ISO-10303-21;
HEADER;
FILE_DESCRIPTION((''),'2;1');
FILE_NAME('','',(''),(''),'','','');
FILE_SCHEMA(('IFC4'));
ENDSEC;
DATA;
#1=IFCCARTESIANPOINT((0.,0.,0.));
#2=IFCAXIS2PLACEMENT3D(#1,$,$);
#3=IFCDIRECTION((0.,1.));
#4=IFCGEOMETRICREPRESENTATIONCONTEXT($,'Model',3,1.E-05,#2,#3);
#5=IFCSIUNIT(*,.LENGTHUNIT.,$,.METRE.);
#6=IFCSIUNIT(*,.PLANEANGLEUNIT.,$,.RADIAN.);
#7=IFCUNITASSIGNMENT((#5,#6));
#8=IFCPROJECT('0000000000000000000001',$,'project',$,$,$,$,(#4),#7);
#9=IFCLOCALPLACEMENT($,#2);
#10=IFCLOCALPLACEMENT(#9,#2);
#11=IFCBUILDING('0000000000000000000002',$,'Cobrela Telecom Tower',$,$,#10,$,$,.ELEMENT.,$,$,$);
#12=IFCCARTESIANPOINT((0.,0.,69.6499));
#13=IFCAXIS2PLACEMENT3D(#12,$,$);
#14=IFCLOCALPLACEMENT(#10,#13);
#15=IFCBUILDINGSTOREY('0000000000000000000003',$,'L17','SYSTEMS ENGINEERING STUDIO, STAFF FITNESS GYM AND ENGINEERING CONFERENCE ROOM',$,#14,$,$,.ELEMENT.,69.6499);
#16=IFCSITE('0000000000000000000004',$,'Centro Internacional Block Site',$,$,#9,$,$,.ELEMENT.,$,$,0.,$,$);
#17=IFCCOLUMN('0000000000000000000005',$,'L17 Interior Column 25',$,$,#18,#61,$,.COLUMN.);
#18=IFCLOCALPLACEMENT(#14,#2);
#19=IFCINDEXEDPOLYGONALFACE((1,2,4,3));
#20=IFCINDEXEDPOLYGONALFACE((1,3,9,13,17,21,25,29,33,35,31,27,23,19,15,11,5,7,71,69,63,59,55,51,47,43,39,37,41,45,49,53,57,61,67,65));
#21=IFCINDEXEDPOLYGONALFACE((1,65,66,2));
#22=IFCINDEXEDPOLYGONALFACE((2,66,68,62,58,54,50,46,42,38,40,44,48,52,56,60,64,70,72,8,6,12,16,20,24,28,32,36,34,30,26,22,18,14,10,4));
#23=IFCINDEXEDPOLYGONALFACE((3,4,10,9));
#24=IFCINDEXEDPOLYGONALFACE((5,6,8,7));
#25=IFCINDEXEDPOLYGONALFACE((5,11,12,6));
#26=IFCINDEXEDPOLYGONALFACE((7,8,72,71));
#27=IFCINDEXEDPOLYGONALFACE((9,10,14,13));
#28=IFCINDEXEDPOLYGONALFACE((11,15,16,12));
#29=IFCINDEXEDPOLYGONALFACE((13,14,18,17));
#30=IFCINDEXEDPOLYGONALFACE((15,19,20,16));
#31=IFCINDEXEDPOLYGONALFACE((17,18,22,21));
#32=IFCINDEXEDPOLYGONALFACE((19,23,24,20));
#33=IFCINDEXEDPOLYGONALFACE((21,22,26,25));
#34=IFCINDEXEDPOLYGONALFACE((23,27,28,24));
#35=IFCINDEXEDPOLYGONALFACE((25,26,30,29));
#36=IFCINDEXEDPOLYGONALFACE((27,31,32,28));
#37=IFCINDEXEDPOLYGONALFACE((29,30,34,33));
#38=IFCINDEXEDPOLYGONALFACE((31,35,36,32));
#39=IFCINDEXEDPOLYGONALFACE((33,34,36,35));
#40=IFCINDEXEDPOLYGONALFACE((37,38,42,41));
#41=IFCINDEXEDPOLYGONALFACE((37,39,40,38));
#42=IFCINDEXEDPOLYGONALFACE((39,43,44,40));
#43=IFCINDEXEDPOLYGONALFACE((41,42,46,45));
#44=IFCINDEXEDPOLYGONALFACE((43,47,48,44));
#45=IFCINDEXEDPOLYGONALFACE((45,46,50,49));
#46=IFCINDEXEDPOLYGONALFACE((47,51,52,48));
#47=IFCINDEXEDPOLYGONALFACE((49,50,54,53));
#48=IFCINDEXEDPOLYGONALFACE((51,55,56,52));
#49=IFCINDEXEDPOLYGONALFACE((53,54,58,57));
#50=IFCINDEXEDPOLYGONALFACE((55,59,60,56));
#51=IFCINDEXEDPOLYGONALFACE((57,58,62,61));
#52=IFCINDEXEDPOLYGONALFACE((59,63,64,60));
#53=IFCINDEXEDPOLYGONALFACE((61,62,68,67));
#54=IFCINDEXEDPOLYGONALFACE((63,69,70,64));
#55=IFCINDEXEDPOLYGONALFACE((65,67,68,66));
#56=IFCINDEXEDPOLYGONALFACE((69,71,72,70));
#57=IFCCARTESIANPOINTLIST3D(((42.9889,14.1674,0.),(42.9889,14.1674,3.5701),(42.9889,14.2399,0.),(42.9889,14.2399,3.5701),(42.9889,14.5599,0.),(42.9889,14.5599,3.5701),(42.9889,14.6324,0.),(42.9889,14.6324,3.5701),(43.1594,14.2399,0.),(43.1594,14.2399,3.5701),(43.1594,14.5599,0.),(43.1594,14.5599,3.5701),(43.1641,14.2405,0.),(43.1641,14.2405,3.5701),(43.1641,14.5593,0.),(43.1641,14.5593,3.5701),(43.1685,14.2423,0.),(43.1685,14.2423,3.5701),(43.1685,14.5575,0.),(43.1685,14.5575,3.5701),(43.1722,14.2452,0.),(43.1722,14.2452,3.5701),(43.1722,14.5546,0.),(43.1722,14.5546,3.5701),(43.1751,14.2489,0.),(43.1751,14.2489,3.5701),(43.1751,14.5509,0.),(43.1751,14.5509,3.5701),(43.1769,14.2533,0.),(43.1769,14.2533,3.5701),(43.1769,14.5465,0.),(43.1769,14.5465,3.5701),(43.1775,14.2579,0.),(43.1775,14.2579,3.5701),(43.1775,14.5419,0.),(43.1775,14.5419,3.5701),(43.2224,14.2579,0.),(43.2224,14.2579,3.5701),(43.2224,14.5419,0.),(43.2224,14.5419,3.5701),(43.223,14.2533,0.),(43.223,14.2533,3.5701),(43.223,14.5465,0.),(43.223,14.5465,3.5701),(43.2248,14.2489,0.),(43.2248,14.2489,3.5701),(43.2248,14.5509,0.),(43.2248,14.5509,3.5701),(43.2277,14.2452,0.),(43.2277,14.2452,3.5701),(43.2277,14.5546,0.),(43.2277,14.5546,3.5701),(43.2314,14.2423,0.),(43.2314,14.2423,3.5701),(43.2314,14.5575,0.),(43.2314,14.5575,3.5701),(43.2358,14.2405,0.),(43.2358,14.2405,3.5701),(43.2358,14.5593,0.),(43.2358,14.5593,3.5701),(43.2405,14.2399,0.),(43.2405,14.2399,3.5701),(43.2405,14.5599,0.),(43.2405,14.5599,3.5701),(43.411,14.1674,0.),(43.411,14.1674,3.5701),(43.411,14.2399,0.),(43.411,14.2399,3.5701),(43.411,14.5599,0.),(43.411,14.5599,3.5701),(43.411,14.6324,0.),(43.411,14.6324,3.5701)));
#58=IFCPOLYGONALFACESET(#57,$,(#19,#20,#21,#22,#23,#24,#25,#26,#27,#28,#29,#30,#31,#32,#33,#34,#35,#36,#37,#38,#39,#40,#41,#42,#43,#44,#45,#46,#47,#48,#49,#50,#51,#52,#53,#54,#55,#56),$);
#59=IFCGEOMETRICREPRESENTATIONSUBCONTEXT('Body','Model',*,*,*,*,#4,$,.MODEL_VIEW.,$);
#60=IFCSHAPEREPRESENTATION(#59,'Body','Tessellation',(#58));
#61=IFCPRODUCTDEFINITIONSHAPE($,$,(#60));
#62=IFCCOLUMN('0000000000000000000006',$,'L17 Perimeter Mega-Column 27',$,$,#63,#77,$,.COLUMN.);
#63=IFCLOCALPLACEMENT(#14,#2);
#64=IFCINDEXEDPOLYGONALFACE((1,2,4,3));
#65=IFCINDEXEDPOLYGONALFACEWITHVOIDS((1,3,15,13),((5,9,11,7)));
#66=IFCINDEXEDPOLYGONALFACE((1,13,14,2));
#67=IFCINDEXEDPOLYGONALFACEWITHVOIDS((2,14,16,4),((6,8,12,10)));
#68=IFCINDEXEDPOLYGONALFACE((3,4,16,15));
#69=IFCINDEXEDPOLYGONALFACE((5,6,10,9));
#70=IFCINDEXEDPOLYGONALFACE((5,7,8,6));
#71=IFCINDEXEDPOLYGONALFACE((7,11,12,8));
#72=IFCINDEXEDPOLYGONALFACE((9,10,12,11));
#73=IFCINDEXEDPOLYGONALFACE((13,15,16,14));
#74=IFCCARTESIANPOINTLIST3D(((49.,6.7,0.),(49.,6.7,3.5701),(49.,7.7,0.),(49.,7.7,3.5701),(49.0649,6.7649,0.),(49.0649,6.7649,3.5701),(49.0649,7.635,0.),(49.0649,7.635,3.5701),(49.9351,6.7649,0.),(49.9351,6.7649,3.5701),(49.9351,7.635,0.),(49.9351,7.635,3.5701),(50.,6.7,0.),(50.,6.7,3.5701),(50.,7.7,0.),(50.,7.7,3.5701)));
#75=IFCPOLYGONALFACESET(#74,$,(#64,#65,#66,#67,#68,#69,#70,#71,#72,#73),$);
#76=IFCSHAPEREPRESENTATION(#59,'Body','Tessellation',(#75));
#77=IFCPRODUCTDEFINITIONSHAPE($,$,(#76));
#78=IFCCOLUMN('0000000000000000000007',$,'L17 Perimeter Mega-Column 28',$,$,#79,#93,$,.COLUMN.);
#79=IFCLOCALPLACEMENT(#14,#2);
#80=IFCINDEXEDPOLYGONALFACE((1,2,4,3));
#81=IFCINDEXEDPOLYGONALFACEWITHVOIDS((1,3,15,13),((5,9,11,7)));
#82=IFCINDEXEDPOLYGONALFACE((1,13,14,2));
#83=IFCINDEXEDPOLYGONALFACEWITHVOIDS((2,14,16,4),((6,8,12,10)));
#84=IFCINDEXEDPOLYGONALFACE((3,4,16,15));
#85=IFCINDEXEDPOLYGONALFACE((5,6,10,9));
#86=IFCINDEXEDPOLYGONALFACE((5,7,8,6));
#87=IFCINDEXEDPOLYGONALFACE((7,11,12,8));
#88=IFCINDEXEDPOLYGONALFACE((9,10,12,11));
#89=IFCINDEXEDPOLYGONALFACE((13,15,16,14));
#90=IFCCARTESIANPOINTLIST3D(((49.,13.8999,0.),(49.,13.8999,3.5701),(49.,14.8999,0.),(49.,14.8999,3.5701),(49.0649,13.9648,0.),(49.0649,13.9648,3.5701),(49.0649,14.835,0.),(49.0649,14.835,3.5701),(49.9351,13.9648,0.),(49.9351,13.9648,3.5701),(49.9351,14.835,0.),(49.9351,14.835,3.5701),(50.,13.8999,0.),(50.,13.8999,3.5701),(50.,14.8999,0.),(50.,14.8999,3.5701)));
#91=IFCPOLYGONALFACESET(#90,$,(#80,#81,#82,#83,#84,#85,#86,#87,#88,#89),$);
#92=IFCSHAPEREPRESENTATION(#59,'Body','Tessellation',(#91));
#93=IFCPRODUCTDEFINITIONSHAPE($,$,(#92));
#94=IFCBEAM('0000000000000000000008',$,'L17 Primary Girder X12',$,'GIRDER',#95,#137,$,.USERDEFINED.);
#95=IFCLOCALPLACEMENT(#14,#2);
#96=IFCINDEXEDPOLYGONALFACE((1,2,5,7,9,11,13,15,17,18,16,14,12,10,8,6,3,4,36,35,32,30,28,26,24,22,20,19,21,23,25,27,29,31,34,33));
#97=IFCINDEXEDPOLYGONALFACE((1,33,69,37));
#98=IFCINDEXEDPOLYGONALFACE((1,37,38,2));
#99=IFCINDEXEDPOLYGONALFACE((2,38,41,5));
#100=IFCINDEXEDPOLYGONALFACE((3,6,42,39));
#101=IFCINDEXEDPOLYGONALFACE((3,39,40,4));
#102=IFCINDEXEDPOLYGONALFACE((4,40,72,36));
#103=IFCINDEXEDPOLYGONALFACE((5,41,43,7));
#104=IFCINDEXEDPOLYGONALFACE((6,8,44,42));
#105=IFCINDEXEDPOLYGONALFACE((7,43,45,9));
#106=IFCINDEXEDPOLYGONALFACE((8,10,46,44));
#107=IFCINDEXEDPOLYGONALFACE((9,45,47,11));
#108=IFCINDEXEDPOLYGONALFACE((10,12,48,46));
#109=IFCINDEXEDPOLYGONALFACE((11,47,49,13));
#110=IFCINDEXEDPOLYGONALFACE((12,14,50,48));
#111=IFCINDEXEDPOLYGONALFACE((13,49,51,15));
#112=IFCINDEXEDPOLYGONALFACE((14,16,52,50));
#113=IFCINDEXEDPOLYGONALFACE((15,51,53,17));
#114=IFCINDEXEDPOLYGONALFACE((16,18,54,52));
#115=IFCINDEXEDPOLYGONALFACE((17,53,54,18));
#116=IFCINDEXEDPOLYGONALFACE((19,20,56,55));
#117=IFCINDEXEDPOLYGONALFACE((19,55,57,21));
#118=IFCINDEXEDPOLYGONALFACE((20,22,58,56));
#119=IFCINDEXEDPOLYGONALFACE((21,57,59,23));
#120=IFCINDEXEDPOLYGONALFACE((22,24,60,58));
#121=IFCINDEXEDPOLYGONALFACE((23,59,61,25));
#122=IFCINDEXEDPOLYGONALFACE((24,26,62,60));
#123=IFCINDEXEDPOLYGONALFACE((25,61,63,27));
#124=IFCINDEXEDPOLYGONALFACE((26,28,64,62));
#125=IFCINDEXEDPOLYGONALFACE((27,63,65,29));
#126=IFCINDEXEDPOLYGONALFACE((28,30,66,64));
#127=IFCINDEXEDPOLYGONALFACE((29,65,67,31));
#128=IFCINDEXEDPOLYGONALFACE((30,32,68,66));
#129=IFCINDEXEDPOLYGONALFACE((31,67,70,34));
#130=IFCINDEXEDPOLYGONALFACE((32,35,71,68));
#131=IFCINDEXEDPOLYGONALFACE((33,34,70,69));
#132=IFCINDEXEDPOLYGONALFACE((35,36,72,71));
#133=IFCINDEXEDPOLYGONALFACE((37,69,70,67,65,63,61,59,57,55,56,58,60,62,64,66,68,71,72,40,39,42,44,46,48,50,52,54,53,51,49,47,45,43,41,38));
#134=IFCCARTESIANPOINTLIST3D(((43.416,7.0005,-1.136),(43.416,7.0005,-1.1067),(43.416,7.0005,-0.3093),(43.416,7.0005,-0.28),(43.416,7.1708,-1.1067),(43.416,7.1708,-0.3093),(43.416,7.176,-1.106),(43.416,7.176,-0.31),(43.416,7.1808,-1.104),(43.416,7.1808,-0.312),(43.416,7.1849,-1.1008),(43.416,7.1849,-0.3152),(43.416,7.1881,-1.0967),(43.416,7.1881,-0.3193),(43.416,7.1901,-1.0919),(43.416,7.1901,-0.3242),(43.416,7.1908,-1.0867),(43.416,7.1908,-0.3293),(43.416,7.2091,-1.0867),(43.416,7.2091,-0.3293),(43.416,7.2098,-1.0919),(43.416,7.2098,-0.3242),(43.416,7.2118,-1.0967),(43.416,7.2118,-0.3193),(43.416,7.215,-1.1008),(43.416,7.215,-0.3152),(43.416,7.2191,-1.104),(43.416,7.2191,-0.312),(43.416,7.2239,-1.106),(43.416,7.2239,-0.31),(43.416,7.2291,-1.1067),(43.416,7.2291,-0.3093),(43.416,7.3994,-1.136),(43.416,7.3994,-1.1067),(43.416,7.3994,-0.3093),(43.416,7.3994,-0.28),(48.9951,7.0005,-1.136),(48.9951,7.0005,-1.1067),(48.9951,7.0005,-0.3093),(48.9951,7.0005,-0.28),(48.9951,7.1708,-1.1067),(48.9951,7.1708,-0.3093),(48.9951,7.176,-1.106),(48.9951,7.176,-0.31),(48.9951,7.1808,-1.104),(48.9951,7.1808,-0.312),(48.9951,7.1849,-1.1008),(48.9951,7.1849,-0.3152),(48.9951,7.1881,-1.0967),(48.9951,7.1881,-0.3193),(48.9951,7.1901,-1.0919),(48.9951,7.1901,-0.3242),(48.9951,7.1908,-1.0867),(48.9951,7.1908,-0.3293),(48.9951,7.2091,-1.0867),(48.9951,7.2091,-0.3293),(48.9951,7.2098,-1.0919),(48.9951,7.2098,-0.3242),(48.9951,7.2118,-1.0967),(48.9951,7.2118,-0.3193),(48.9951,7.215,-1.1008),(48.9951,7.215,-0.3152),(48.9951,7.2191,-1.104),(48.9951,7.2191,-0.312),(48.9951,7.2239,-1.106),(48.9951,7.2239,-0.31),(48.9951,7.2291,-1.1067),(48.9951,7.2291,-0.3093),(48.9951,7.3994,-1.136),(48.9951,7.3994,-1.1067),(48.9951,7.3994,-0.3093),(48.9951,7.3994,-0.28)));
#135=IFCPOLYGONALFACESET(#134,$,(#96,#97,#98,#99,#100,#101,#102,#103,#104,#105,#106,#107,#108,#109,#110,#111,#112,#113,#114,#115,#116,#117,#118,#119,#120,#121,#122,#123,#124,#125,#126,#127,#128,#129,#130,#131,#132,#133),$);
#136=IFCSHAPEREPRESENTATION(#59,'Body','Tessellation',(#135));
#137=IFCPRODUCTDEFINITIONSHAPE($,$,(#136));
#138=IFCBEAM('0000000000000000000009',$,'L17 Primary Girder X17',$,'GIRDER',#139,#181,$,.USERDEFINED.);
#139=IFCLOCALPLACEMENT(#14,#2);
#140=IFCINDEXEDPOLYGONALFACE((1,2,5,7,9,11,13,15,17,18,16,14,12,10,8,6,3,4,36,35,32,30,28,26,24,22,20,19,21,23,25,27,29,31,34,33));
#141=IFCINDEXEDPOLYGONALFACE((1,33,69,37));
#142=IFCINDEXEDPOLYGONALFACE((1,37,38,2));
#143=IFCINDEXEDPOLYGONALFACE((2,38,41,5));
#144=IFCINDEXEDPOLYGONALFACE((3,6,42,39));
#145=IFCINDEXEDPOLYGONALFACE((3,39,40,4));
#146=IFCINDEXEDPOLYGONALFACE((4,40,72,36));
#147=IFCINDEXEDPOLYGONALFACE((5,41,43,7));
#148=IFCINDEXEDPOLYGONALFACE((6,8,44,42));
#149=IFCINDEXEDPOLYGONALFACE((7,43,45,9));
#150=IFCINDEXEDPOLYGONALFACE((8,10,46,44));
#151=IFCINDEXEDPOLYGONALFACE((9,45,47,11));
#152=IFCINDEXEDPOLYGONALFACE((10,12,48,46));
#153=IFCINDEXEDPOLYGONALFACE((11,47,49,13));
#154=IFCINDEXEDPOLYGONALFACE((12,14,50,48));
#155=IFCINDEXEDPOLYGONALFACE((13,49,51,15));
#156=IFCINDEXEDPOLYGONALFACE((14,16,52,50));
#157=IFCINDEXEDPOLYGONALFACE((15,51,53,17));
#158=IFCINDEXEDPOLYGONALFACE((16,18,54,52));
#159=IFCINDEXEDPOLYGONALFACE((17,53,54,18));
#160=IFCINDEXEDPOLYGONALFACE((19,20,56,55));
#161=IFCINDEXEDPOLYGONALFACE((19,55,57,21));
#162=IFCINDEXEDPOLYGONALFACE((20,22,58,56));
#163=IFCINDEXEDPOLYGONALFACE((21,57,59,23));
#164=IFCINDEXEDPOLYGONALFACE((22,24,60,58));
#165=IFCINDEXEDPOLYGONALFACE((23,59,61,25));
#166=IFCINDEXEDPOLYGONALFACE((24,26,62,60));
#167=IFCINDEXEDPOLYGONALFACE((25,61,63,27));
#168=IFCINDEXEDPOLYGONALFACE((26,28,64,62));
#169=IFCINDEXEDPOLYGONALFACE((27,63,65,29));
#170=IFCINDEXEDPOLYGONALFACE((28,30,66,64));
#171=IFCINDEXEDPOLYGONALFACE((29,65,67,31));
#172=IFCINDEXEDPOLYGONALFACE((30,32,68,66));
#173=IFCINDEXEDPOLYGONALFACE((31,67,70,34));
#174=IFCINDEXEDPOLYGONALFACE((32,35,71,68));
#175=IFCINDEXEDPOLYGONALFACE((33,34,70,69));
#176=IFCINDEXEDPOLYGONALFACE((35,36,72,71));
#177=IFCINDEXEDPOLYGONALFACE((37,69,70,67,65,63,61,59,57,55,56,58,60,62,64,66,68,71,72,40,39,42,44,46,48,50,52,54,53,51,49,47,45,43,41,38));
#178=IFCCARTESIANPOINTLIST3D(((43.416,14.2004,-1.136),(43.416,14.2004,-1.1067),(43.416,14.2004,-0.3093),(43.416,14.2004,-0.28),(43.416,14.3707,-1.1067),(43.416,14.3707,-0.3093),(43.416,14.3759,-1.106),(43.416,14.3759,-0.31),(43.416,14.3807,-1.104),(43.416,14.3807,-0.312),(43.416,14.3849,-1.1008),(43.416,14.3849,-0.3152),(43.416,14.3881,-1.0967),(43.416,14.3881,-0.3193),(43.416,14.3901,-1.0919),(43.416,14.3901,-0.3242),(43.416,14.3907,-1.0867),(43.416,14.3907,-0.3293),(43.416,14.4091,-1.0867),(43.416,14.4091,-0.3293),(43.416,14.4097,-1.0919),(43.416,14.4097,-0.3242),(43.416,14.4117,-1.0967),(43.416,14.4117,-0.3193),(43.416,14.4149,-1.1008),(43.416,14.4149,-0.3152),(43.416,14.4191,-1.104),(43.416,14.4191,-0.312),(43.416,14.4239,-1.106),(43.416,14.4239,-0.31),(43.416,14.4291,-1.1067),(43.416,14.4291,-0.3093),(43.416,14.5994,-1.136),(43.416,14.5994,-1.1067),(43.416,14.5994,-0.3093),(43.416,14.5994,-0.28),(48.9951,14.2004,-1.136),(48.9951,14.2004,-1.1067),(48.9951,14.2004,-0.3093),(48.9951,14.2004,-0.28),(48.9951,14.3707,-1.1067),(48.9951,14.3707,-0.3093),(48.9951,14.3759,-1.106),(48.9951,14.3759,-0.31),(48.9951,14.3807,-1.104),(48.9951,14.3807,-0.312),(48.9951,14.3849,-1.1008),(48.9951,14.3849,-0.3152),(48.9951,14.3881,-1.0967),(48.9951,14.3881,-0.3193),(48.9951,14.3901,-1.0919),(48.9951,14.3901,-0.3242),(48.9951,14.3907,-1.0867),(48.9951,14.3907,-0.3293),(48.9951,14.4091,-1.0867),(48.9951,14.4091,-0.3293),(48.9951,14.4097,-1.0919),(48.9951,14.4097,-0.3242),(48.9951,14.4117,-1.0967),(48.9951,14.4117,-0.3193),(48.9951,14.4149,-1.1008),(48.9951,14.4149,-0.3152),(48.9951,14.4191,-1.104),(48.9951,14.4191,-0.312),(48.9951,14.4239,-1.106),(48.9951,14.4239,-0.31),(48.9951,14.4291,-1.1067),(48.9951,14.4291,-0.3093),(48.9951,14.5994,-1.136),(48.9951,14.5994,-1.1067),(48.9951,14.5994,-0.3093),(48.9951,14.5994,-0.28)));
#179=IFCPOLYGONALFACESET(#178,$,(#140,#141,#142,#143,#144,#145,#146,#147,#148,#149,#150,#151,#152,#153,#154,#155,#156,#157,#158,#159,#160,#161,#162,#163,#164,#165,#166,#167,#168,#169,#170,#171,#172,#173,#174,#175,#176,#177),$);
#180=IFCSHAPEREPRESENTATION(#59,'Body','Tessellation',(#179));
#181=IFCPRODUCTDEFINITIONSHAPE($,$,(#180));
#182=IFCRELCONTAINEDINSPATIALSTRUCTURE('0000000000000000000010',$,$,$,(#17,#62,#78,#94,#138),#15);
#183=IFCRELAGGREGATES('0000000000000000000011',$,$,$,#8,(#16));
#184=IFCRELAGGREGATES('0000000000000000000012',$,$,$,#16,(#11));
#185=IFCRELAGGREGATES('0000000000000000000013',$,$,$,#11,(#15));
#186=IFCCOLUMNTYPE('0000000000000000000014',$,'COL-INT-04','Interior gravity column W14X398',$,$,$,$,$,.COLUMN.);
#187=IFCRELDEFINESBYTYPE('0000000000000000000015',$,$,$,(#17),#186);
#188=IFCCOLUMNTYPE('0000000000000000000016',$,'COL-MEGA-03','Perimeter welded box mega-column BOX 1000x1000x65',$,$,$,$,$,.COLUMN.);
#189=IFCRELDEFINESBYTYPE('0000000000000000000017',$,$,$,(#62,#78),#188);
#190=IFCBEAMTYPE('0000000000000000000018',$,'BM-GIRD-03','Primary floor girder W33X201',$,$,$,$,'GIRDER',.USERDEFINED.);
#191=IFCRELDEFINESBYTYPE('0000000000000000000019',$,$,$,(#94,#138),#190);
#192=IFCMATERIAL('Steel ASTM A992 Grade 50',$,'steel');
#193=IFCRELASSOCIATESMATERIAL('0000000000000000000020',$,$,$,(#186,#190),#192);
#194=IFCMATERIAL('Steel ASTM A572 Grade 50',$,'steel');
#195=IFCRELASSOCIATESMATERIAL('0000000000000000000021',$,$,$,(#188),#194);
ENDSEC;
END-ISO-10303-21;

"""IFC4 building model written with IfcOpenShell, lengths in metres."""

from ifc_helpers import new_model, si_unit, direction, frame, origin, origin_2d, place, context, subcontext, project, spatial, hollow_rectangle, i_section, extrude, material, material_profile, profile_set, type_object, element, save


model = new_model("IFC4")

# Units and contexts
model_context = context("Model", 3, precision=1e-05, world=origin(), true_north=direction((0.0, 1.0)))
body_context = subcontext(model_context, "Body", "Model", "MODEL_VIEW")
ifc_project = project(units=[si_unit("LENGTHUNIT", "METRE"), si_unit("PLANEANGLEUNIT", "RADIAN")], contexts=[model_context])

# Site, building, storey
site_placement = place(None, origin())
site = spatial("IfcSite", under=ifc_project, at=site_placement, Name="Centro Internacional Block Site", CompositionType="ELEMENT", RefElevation=0.0)
building_placement = place(site_placement, origin())
building = spatial("IfcBuilding", under=site, at=building_placement, Name="Cobrela Telecom Tower", CompositionType="ELEMENT")
storey_placement = place(building_placement, frame((0.0, 0.0, 69.6499)))
storey = spatial("IfcBuildingStorey", under=building, at=storey_placement, Name="L17", Description="SYSTEMS ENGINEERING STUDIO, STAFF FITNESS GYM AND ENGINEERING CONFERENCE ROOM", CompositionType="ELEMENT", Elevation=69.6499)

# Columns
ifc_material_1 = material(Name="Steel ASTM A992 Grade 50", Category="steel")
ifc_material_profile_1 = material_profile(ifc_material_1, i_section(OverallWidth=0.4221, OverallDepth=0.4651, WebThickness=0.0449, FlangeThickness=0.0725, FilletRadius=0.0181, at=origin_2d()), Name="W14X398")
ifc_profile_set_1 = profile_set([ifc_material_profile_1], Name="Steel ASTM A992 Grade 50")
column_type_1 = type_object("IfcColumnType", Name="COL-INT-04", Description="Interior gravity column W14X398", PredefinedType="COLUMN", material=ifc_profile_set_1)
column_placement = place(storey_placement, frame((43.2, 14.3999, 0.0), z_axis=(0.0, 0.0, 1.0), x_axis=(1.0, 0.0, 0.0)))
element("IfcColumn", 1, at=column_placement, inside=storey, type_object=column_type_1, Name="L17 Interior Column 25", PredefinedType="COLUMN", context=body_context, shape_type="SweptSolid", body=[
    extrude(i_section(OverallWidth=0.4221, OverallDepth=0.4651, WebThickness=0.0449, FlangeThickness=0.0725, FilletRadius=0.0181, at=origin_2d()), origin(), (0.0, 0.0, 1.0), 3.5701),
])
ifc_material_2 = material(Name="Steel ASTM A572 Grade 50", Category="steel")
ifc_material_profile_2 = material_profile(ifc_material_2, hollow_rectangle(XDim=1.0, YDim=1.0, WallThickness=0.0649, at=origin_2d()), Name="BOX 1000x1000x65")
ifc_profile_set_2 = profile_set([ifc_material_profile_2], Name="Steel ASTM A572 Grade 50")
column_type_2 = type_object("IfcColumnType", Name="COL-MEGA-03", Description="Perimeter welded box mega-column BOX 1000x1000x65", PredefinedType="COLUMN", material=ifc_profile_set_2)
for number, where, z_axis, x_axis, name in (
    (2, (49.5, 7.2, 0.0), (0.0, 0.0, 1.0), (1.0, 0.0, 0.0), "L17 Perimeter Mega-Column 27"),
    (3, (49.5, 14.3999, 0.0), (0.0, 0.0, 1.0), (1.0, 0.0, 0.0), "L17 Perimeter Mega-Column 28"),
):
    element("IfcColumn", number, at=place(storey_placement, frame(where, z_axis=z_axis, x_axis=x_axis)), inside=storey, type_object=column_type_2, Name=name, PredefinedType="COLUMN", context=body_context, shape_type="SweptSolid", body=[
        extrude(hollow_rectangle(XDim=1.0, YDim=1.0, WallThickness=0.0649, at=origin_2d()), origin(), (0.0, 0.0, 1.0), 3.5701),
    ])

# Beams
ifc_material_profile_3 = material_profile(ifc_material_1, i_section(OverallWidth=0.3989, OverallDepth=0.856, WebThickness=0.0183, FlangeThickness=0.0293, FilletRadius=0.02, at=origin_2d()), Name="W33X201")
ifc_profile_set_3 = profile_set([ifc_material_profile_3], Name="Steel ASTM A992 Grade 50")
beam_type_1 = type_object("IfcBeamType", Name="BM-GIRD-03", Description="Primary floor girder W33X201", ElementType="GIRDER", PredefinedType="USERDEFINED", material=ifc_profile_set_3)
for number, where, z_axis, x_axis, name in (
    (4, (43.416, 7.2, -0.708), (1.0, 0.0, 0.0), (0.0, 1.0, 0.0), "L17 Primary Girder X12"),
    (5, (43.416, 14.3999, -0.708), (1.0, 0.0, 0.0), (0.0, 1.0, 0.0), "L17 Primary Girder X17"),
):
    element("IfcBeam", number, at=place(storey_placement, frame(where, z_axis=z_axis, x_axis=x_axis)), inside=storey, type_object=beam_type_1, Name=name, ObjectType="GIRDER", PredefinedType="USERDEFINED", context=body_context, shape_type="SweptSolid", body=[
        extrude(i_section(OverallWidth=0.3989, OverallDepth=0.856, WebThickness=0.0183, FlangeThickness=0.0293, FilletRadius=0.02, at=origin_2d()), origin(), (0.0, 0.0, 1.0), 5.5791),
    ])

save(model, "model.ifc")
